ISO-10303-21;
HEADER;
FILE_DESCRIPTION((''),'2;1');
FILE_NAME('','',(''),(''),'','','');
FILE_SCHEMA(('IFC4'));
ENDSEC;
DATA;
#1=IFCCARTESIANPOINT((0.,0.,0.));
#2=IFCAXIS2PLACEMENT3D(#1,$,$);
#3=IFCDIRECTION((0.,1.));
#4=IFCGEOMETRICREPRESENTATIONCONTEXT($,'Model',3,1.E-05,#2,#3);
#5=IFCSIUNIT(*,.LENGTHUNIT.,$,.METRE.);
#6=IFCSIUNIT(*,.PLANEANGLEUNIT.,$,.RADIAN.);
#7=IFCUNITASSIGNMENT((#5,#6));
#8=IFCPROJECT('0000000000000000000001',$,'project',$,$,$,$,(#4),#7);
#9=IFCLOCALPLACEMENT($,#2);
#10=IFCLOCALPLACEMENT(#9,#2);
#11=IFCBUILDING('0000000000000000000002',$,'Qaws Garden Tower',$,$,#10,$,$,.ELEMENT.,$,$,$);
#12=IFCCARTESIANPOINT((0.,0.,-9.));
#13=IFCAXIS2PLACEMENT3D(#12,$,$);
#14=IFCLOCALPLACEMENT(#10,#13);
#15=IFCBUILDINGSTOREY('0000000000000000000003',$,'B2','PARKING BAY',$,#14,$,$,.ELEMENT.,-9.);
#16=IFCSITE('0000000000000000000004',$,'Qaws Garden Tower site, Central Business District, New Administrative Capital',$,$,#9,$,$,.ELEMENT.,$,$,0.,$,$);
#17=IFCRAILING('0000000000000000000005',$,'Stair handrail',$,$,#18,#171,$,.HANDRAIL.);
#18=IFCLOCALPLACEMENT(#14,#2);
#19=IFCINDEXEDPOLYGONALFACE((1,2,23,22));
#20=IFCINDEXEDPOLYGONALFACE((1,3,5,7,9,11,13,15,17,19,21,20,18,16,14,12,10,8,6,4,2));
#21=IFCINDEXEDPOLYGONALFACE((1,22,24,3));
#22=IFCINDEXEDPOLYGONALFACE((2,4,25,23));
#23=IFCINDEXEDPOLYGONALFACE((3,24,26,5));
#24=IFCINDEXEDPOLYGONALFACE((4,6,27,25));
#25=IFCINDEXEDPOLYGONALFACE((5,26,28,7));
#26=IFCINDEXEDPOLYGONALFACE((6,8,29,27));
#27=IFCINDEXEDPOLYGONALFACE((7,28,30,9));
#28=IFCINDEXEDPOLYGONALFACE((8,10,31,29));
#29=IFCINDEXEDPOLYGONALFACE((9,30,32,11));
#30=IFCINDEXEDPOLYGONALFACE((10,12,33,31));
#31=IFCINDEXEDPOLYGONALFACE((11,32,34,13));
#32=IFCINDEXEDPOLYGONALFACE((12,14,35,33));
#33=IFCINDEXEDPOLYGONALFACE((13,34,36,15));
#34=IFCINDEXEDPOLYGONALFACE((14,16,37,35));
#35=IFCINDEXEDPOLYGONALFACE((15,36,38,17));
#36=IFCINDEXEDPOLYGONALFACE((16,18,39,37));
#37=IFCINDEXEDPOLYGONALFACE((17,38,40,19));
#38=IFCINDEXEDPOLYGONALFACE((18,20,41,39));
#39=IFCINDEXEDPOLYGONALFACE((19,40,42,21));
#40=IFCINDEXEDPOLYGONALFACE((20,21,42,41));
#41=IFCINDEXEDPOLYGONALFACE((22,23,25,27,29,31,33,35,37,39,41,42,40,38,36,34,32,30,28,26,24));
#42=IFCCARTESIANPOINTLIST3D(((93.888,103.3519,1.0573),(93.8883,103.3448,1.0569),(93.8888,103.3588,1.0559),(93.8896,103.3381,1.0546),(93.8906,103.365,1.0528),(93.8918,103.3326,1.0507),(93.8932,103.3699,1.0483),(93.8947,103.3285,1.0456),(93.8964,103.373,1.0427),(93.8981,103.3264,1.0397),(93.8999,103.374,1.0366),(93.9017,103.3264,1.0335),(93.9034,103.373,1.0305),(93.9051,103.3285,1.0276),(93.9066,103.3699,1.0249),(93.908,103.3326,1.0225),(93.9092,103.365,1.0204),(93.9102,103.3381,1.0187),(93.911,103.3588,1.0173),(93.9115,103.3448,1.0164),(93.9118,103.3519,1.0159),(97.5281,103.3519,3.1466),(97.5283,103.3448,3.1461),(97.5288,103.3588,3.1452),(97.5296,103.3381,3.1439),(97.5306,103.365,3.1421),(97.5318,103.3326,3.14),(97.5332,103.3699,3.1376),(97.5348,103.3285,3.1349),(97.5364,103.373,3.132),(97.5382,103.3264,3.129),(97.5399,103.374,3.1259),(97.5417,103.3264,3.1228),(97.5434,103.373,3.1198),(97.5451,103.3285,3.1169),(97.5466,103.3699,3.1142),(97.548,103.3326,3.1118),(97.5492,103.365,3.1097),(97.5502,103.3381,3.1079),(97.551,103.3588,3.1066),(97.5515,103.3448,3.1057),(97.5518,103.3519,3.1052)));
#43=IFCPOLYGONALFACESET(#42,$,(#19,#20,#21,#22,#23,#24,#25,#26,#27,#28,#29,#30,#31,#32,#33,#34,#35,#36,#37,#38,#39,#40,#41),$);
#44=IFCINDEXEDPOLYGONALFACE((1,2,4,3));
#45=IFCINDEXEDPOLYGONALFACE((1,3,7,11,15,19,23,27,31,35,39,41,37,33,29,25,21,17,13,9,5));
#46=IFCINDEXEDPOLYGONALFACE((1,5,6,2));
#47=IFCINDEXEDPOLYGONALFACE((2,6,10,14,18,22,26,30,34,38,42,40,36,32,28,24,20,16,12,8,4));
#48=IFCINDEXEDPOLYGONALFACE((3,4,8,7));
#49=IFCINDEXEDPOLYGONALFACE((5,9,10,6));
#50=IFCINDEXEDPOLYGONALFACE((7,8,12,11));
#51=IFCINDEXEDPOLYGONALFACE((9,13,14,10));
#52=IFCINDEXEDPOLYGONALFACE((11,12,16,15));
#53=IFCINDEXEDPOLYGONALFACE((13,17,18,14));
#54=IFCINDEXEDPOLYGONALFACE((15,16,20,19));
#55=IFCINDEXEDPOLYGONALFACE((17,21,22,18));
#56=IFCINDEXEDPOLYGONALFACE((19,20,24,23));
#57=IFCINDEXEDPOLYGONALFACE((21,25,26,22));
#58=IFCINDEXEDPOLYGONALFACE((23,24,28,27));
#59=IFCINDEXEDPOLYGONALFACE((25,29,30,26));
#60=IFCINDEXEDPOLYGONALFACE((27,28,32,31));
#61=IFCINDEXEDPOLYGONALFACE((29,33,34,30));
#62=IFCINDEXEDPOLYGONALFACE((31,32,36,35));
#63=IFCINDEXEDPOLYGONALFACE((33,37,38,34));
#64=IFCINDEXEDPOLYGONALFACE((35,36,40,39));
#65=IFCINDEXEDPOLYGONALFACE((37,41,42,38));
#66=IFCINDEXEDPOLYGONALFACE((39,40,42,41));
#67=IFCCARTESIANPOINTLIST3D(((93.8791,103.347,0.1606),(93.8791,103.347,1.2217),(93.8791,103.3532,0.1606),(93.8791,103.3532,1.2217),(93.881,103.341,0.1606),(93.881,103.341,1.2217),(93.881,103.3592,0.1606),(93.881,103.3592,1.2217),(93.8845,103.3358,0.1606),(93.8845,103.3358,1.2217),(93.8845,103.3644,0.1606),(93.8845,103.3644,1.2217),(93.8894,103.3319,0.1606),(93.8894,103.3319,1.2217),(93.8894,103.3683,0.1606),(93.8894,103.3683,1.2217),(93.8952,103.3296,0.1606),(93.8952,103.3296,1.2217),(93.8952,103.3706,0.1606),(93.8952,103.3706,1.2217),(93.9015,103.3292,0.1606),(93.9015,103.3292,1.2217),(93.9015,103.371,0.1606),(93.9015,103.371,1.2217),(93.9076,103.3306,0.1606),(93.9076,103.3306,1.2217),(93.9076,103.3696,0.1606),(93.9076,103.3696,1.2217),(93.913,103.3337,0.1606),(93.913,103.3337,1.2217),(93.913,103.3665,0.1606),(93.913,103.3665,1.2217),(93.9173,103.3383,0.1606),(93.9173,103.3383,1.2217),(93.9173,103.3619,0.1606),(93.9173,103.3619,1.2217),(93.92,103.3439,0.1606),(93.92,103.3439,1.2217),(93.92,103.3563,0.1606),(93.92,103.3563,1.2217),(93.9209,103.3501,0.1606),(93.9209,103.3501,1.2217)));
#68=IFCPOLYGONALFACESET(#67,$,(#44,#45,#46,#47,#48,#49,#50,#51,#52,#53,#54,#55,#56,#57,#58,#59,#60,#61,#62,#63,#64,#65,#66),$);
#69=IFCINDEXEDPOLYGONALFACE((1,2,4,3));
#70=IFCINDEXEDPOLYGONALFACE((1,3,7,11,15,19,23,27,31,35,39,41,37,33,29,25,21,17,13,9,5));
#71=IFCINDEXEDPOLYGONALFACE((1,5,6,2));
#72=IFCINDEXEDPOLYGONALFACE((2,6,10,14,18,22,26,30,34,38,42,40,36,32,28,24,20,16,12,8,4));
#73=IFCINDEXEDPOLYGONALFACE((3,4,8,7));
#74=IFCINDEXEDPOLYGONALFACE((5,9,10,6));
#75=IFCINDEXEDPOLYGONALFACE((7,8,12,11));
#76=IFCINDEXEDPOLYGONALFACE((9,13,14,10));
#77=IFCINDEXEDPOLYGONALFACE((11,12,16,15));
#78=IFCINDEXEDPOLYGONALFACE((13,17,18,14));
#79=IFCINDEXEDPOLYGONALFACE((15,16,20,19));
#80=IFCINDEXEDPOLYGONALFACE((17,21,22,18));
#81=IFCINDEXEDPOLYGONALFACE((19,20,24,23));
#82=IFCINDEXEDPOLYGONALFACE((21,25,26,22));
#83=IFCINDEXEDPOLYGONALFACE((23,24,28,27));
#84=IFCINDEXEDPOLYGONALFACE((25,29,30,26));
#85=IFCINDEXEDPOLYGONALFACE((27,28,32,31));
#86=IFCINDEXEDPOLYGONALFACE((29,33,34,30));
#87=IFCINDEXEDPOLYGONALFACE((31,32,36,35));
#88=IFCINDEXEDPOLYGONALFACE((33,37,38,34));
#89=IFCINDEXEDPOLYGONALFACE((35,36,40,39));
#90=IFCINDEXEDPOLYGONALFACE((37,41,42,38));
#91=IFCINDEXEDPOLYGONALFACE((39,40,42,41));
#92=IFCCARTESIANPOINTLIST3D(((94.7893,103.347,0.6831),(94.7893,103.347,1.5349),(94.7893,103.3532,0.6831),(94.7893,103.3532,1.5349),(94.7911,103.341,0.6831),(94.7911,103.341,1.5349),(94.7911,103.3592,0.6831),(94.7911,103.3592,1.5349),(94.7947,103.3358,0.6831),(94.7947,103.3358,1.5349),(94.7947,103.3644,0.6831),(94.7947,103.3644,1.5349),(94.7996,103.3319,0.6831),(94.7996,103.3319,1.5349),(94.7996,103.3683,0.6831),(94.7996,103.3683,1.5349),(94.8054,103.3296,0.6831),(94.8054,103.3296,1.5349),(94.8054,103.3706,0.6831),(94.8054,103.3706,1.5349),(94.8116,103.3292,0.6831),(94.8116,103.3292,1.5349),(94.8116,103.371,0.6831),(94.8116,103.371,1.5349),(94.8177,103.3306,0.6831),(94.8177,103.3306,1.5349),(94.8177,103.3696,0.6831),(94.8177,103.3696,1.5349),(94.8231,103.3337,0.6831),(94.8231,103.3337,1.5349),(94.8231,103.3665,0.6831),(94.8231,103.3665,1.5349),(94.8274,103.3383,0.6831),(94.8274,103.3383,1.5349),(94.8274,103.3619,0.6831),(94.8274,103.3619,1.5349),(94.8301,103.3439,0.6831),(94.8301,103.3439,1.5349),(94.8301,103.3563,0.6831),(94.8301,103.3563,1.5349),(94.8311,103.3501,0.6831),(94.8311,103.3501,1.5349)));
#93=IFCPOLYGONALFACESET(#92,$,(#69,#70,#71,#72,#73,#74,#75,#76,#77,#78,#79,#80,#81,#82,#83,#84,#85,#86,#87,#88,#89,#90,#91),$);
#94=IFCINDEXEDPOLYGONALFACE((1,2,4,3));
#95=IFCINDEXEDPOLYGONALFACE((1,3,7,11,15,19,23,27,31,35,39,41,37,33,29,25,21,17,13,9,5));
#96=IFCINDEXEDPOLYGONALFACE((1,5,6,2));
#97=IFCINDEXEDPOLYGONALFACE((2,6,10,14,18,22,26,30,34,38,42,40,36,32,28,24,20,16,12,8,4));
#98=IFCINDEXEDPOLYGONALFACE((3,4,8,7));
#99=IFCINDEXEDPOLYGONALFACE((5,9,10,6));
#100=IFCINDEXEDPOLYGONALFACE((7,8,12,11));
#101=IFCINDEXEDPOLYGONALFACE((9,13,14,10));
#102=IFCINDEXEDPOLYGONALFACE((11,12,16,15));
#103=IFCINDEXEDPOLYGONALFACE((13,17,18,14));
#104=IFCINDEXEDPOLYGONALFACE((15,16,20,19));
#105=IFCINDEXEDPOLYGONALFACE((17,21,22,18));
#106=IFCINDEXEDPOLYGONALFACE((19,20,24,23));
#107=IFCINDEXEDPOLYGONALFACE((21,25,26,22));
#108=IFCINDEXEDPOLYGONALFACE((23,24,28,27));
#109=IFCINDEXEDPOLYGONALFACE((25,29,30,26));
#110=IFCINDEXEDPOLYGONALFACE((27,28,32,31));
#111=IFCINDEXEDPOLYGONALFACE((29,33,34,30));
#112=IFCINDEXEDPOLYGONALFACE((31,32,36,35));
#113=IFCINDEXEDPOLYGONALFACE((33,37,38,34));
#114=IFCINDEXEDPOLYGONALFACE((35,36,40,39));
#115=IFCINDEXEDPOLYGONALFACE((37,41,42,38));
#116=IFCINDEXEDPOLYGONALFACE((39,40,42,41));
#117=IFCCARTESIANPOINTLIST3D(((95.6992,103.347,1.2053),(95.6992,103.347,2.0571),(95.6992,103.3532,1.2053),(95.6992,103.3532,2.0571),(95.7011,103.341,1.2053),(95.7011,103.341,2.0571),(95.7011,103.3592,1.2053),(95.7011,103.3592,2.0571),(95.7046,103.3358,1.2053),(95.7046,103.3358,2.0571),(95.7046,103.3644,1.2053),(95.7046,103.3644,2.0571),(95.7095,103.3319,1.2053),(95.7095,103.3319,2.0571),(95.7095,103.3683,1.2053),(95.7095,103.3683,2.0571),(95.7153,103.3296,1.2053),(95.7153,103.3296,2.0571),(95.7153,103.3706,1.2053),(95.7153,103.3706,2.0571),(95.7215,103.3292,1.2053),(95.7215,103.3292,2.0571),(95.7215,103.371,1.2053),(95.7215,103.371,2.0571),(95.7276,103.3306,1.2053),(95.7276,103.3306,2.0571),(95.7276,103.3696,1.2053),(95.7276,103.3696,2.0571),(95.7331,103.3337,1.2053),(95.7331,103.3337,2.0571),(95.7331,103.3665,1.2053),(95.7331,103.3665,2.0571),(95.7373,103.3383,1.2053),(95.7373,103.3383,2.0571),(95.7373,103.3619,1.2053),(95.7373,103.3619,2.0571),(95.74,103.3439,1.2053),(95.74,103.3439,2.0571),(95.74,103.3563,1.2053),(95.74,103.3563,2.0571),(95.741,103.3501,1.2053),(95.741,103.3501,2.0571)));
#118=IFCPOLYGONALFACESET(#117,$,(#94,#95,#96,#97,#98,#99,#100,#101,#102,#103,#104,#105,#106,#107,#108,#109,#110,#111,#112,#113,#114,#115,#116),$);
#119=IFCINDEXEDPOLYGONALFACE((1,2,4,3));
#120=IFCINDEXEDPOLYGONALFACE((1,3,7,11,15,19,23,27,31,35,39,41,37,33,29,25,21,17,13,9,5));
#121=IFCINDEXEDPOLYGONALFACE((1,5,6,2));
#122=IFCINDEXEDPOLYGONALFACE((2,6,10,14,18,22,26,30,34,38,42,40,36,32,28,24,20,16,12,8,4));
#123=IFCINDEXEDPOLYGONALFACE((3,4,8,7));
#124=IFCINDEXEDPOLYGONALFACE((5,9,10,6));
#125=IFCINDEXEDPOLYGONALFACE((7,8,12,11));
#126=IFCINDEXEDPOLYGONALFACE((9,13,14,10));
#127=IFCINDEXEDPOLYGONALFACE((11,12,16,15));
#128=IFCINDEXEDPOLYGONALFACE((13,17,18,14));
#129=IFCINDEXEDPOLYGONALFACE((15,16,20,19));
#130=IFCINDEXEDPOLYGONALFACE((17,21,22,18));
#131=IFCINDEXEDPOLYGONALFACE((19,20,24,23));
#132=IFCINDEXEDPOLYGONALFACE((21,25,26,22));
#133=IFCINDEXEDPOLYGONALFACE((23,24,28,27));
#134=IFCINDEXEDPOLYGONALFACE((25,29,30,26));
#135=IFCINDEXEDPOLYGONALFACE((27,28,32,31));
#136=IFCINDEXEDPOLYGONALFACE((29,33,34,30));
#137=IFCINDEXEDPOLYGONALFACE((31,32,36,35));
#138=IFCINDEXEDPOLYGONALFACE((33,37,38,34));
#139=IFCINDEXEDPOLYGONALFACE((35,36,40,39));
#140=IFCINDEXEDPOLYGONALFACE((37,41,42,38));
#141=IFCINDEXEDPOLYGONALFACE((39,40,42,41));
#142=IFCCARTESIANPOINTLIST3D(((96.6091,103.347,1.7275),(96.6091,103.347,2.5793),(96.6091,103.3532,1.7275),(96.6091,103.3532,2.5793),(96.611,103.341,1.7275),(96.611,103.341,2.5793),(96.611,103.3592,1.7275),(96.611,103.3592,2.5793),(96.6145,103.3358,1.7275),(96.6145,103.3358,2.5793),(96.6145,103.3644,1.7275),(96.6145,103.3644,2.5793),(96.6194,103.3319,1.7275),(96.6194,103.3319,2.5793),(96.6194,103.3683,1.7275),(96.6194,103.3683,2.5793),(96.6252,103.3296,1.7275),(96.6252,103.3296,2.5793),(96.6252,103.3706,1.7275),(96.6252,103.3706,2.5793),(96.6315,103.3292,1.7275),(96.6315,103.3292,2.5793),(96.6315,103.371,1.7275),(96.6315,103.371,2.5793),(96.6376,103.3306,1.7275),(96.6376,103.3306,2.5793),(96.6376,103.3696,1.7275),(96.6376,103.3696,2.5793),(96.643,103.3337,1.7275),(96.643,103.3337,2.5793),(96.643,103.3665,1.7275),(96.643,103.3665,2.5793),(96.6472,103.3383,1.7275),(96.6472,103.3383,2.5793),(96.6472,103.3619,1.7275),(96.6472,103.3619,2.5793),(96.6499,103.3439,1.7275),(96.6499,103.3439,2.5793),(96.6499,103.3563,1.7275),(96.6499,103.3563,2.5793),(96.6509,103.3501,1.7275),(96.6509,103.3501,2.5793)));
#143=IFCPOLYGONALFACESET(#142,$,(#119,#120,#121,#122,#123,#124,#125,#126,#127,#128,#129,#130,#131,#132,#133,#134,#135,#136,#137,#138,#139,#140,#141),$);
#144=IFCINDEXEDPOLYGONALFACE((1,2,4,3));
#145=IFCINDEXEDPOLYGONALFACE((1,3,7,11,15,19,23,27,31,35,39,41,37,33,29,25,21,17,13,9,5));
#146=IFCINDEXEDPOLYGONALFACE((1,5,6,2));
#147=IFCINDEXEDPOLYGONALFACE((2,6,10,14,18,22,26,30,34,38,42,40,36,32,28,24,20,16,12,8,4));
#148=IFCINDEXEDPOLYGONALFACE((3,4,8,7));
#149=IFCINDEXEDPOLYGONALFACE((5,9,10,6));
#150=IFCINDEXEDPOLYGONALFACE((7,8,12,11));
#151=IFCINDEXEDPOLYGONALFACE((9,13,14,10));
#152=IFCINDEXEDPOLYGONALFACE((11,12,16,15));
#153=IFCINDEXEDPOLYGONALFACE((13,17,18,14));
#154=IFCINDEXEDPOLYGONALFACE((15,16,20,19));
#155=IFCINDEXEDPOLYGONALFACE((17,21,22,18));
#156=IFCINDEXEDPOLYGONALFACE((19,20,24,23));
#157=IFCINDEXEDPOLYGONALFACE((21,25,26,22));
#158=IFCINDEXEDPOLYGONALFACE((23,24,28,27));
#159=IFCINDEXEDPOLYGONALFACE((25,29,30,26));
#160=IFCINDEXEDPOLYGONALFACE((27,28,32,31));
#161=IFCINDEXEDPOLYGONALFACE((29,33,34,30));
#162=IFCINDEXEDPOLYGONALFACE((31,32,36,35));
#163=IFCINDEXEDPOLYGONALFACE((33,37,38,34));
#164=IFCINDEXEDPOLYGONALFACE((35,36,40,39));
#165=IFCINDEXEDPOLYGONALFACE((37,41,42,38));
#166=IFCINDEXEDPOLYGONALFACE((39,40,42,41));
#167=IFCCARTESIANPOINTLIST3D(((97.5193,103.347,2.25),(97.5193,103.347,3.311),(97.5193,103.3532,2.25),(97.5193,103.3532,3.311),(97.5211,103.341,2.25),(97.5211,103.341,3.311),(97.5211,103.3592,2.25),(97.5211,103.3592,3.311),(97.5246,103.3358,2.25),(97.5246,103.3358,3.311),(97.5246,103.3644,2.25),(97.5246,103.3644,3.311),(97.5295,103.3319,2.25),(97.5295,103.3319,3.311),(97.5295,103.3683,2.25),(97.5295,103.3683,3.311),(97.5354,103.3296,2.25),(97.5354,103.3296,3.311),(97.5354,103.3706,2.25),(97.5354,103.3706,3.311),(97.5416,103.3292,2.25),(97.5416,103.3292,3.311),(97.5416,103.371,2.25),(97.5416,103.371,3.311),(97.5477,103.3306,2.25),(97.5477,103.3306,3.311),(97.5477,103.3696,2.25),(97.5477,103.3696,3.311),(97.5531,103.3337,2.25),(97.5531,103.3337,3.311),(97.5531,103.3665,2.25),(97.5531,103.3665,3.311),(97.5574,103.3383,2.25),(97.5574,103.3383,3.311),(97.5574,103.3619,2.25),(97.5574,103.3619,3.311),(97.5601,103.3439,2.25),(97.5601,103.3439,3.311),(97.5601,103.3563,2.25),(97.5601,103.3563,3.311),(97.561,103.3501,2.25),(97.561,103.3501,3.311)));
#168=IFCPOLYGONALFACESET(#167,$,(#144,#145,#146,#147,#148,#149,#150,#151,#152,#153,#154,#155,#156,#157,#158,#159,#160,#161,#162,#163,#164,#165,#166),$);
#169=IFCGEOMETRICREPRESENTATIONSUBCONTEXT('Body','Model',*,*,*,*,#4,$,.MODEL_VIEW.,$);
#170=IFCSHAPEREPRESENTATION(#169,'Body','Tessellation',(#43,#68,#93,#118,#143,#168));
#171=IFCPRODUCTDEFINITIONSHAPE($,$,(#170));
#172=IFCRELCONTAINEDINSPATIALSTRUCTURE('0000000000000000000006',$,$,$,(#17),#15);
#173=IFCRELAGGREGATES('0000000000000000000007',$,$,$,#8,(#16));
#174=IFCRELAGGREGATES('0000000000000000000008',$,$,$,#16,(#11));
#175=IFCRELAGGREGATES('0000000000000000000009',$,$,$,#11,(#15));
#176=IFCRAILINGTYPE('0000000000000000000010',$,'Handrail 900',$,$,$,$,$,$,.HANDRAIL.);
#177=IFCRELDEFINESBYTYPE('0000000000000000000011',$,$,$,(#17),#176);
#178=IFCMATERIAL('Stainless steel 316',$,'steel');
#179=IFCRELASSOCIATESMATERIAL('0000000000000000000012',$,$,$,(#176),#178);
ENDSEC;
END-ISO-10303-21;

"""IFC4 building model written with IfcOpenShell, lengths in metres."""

from ifc_helpers import new_model, si_unit, direction, frame, origin, origin_2d, place, context, subcontext, project, spatial, circle, extrude, material, type_object, element, save


model = new_model("IFC4")

# Units and contexts
model_context = context("Model", 3, precision=1e-05, world=origin(), true_north=direction((0.0, 1.0)))
body_context = subcontext(model_context, "Body", "Model", "MODEL_VIEW")
ifc_project = project(units=[si_unit("LENGTHUNIT", "METRE"), si_unit("PLANEANGLEUNIT", "RADIAN")], contexts=[model_context])

# Site, building, storey
site_placement = place(None, origin())
site = spatial("IfcSite", under=ifc_project, at=site_placement, Name="Qaws Garden Tower site, Central Business District, New Administrative Capital", CompositionType="ELEMENT", RefElevation=0.0)
building_placement = place(site_placement, origin())
building = spatial("IfcBuilding", under=site, at=building_placement, Name="Qaws Garden Tower", CompositionType="ELEMENT")
storey_placement = place(building_placement, frame((0.0, 0.0, -9.0)))
storey = spatial("IfcBuildingStorey", under=building, at=storey_placement, Name="B2", Description="PARKING BAY", CompositionType="ELEMENT", Elevation=-9.0)

# Railing
ifc_material_1 = material(Name="Stainless steel 316", Category="steel")
railing_type_1 = type_object("IfcRailingType", Name="Handrail 900", PredefinedType="HANDRAIL", material=ifc_material_1)
for number, where, name in (
    (1, (93.8999, 103.3501, 0.1606), "Stair handrail"),
):
    element("IfcRailing", number, at=place(storey_placement, frame(where)), inside=storey, type_object=railing_type_1, Name=name, PredefinedType="HANDRAIL", context=body_context, shape_type="SweptSolid", body=[
        extrude(circle(Radius=0.0239, at=origin_2d()), frame((0.0, 0.0, 0.876), z_axis=(0.867289, 0.0, 0.497804), x_axis=(0.0, 1.0, 0.0)), (0.0, 0.0, 1.0), 4.197),
        extrude(circle(Radius=0.021, at=origin_2d()), origin(), (0.0, 0.0, 1.0), 1.061),
        extrude(circle(Radius=0.021, at=origin_2d()), frame((0.9102, 0.0, 0.5225)), (0.0, 0.0, 1.0), 0.8518),
        extrude(circle(Radius=0.021, at=origin_2d()), frame((1.8201, 0.0, 1.0447)), (0.0, 0.0, 1.0), 0.8518),
        extrude(circle(Radius=0.021, at=origin_2d()), frame((2.73, 0.0, 1.5669)), (0.0, 0.0, 1.0), 0.8518),
        extrude(circle(Radius=0.021, at=origin_2d()), frame((3.6401, 0.0, 2.0894)), (0.0, 0.0, 1.0), 1.061),
    ])

save(model, "model.ifc")
